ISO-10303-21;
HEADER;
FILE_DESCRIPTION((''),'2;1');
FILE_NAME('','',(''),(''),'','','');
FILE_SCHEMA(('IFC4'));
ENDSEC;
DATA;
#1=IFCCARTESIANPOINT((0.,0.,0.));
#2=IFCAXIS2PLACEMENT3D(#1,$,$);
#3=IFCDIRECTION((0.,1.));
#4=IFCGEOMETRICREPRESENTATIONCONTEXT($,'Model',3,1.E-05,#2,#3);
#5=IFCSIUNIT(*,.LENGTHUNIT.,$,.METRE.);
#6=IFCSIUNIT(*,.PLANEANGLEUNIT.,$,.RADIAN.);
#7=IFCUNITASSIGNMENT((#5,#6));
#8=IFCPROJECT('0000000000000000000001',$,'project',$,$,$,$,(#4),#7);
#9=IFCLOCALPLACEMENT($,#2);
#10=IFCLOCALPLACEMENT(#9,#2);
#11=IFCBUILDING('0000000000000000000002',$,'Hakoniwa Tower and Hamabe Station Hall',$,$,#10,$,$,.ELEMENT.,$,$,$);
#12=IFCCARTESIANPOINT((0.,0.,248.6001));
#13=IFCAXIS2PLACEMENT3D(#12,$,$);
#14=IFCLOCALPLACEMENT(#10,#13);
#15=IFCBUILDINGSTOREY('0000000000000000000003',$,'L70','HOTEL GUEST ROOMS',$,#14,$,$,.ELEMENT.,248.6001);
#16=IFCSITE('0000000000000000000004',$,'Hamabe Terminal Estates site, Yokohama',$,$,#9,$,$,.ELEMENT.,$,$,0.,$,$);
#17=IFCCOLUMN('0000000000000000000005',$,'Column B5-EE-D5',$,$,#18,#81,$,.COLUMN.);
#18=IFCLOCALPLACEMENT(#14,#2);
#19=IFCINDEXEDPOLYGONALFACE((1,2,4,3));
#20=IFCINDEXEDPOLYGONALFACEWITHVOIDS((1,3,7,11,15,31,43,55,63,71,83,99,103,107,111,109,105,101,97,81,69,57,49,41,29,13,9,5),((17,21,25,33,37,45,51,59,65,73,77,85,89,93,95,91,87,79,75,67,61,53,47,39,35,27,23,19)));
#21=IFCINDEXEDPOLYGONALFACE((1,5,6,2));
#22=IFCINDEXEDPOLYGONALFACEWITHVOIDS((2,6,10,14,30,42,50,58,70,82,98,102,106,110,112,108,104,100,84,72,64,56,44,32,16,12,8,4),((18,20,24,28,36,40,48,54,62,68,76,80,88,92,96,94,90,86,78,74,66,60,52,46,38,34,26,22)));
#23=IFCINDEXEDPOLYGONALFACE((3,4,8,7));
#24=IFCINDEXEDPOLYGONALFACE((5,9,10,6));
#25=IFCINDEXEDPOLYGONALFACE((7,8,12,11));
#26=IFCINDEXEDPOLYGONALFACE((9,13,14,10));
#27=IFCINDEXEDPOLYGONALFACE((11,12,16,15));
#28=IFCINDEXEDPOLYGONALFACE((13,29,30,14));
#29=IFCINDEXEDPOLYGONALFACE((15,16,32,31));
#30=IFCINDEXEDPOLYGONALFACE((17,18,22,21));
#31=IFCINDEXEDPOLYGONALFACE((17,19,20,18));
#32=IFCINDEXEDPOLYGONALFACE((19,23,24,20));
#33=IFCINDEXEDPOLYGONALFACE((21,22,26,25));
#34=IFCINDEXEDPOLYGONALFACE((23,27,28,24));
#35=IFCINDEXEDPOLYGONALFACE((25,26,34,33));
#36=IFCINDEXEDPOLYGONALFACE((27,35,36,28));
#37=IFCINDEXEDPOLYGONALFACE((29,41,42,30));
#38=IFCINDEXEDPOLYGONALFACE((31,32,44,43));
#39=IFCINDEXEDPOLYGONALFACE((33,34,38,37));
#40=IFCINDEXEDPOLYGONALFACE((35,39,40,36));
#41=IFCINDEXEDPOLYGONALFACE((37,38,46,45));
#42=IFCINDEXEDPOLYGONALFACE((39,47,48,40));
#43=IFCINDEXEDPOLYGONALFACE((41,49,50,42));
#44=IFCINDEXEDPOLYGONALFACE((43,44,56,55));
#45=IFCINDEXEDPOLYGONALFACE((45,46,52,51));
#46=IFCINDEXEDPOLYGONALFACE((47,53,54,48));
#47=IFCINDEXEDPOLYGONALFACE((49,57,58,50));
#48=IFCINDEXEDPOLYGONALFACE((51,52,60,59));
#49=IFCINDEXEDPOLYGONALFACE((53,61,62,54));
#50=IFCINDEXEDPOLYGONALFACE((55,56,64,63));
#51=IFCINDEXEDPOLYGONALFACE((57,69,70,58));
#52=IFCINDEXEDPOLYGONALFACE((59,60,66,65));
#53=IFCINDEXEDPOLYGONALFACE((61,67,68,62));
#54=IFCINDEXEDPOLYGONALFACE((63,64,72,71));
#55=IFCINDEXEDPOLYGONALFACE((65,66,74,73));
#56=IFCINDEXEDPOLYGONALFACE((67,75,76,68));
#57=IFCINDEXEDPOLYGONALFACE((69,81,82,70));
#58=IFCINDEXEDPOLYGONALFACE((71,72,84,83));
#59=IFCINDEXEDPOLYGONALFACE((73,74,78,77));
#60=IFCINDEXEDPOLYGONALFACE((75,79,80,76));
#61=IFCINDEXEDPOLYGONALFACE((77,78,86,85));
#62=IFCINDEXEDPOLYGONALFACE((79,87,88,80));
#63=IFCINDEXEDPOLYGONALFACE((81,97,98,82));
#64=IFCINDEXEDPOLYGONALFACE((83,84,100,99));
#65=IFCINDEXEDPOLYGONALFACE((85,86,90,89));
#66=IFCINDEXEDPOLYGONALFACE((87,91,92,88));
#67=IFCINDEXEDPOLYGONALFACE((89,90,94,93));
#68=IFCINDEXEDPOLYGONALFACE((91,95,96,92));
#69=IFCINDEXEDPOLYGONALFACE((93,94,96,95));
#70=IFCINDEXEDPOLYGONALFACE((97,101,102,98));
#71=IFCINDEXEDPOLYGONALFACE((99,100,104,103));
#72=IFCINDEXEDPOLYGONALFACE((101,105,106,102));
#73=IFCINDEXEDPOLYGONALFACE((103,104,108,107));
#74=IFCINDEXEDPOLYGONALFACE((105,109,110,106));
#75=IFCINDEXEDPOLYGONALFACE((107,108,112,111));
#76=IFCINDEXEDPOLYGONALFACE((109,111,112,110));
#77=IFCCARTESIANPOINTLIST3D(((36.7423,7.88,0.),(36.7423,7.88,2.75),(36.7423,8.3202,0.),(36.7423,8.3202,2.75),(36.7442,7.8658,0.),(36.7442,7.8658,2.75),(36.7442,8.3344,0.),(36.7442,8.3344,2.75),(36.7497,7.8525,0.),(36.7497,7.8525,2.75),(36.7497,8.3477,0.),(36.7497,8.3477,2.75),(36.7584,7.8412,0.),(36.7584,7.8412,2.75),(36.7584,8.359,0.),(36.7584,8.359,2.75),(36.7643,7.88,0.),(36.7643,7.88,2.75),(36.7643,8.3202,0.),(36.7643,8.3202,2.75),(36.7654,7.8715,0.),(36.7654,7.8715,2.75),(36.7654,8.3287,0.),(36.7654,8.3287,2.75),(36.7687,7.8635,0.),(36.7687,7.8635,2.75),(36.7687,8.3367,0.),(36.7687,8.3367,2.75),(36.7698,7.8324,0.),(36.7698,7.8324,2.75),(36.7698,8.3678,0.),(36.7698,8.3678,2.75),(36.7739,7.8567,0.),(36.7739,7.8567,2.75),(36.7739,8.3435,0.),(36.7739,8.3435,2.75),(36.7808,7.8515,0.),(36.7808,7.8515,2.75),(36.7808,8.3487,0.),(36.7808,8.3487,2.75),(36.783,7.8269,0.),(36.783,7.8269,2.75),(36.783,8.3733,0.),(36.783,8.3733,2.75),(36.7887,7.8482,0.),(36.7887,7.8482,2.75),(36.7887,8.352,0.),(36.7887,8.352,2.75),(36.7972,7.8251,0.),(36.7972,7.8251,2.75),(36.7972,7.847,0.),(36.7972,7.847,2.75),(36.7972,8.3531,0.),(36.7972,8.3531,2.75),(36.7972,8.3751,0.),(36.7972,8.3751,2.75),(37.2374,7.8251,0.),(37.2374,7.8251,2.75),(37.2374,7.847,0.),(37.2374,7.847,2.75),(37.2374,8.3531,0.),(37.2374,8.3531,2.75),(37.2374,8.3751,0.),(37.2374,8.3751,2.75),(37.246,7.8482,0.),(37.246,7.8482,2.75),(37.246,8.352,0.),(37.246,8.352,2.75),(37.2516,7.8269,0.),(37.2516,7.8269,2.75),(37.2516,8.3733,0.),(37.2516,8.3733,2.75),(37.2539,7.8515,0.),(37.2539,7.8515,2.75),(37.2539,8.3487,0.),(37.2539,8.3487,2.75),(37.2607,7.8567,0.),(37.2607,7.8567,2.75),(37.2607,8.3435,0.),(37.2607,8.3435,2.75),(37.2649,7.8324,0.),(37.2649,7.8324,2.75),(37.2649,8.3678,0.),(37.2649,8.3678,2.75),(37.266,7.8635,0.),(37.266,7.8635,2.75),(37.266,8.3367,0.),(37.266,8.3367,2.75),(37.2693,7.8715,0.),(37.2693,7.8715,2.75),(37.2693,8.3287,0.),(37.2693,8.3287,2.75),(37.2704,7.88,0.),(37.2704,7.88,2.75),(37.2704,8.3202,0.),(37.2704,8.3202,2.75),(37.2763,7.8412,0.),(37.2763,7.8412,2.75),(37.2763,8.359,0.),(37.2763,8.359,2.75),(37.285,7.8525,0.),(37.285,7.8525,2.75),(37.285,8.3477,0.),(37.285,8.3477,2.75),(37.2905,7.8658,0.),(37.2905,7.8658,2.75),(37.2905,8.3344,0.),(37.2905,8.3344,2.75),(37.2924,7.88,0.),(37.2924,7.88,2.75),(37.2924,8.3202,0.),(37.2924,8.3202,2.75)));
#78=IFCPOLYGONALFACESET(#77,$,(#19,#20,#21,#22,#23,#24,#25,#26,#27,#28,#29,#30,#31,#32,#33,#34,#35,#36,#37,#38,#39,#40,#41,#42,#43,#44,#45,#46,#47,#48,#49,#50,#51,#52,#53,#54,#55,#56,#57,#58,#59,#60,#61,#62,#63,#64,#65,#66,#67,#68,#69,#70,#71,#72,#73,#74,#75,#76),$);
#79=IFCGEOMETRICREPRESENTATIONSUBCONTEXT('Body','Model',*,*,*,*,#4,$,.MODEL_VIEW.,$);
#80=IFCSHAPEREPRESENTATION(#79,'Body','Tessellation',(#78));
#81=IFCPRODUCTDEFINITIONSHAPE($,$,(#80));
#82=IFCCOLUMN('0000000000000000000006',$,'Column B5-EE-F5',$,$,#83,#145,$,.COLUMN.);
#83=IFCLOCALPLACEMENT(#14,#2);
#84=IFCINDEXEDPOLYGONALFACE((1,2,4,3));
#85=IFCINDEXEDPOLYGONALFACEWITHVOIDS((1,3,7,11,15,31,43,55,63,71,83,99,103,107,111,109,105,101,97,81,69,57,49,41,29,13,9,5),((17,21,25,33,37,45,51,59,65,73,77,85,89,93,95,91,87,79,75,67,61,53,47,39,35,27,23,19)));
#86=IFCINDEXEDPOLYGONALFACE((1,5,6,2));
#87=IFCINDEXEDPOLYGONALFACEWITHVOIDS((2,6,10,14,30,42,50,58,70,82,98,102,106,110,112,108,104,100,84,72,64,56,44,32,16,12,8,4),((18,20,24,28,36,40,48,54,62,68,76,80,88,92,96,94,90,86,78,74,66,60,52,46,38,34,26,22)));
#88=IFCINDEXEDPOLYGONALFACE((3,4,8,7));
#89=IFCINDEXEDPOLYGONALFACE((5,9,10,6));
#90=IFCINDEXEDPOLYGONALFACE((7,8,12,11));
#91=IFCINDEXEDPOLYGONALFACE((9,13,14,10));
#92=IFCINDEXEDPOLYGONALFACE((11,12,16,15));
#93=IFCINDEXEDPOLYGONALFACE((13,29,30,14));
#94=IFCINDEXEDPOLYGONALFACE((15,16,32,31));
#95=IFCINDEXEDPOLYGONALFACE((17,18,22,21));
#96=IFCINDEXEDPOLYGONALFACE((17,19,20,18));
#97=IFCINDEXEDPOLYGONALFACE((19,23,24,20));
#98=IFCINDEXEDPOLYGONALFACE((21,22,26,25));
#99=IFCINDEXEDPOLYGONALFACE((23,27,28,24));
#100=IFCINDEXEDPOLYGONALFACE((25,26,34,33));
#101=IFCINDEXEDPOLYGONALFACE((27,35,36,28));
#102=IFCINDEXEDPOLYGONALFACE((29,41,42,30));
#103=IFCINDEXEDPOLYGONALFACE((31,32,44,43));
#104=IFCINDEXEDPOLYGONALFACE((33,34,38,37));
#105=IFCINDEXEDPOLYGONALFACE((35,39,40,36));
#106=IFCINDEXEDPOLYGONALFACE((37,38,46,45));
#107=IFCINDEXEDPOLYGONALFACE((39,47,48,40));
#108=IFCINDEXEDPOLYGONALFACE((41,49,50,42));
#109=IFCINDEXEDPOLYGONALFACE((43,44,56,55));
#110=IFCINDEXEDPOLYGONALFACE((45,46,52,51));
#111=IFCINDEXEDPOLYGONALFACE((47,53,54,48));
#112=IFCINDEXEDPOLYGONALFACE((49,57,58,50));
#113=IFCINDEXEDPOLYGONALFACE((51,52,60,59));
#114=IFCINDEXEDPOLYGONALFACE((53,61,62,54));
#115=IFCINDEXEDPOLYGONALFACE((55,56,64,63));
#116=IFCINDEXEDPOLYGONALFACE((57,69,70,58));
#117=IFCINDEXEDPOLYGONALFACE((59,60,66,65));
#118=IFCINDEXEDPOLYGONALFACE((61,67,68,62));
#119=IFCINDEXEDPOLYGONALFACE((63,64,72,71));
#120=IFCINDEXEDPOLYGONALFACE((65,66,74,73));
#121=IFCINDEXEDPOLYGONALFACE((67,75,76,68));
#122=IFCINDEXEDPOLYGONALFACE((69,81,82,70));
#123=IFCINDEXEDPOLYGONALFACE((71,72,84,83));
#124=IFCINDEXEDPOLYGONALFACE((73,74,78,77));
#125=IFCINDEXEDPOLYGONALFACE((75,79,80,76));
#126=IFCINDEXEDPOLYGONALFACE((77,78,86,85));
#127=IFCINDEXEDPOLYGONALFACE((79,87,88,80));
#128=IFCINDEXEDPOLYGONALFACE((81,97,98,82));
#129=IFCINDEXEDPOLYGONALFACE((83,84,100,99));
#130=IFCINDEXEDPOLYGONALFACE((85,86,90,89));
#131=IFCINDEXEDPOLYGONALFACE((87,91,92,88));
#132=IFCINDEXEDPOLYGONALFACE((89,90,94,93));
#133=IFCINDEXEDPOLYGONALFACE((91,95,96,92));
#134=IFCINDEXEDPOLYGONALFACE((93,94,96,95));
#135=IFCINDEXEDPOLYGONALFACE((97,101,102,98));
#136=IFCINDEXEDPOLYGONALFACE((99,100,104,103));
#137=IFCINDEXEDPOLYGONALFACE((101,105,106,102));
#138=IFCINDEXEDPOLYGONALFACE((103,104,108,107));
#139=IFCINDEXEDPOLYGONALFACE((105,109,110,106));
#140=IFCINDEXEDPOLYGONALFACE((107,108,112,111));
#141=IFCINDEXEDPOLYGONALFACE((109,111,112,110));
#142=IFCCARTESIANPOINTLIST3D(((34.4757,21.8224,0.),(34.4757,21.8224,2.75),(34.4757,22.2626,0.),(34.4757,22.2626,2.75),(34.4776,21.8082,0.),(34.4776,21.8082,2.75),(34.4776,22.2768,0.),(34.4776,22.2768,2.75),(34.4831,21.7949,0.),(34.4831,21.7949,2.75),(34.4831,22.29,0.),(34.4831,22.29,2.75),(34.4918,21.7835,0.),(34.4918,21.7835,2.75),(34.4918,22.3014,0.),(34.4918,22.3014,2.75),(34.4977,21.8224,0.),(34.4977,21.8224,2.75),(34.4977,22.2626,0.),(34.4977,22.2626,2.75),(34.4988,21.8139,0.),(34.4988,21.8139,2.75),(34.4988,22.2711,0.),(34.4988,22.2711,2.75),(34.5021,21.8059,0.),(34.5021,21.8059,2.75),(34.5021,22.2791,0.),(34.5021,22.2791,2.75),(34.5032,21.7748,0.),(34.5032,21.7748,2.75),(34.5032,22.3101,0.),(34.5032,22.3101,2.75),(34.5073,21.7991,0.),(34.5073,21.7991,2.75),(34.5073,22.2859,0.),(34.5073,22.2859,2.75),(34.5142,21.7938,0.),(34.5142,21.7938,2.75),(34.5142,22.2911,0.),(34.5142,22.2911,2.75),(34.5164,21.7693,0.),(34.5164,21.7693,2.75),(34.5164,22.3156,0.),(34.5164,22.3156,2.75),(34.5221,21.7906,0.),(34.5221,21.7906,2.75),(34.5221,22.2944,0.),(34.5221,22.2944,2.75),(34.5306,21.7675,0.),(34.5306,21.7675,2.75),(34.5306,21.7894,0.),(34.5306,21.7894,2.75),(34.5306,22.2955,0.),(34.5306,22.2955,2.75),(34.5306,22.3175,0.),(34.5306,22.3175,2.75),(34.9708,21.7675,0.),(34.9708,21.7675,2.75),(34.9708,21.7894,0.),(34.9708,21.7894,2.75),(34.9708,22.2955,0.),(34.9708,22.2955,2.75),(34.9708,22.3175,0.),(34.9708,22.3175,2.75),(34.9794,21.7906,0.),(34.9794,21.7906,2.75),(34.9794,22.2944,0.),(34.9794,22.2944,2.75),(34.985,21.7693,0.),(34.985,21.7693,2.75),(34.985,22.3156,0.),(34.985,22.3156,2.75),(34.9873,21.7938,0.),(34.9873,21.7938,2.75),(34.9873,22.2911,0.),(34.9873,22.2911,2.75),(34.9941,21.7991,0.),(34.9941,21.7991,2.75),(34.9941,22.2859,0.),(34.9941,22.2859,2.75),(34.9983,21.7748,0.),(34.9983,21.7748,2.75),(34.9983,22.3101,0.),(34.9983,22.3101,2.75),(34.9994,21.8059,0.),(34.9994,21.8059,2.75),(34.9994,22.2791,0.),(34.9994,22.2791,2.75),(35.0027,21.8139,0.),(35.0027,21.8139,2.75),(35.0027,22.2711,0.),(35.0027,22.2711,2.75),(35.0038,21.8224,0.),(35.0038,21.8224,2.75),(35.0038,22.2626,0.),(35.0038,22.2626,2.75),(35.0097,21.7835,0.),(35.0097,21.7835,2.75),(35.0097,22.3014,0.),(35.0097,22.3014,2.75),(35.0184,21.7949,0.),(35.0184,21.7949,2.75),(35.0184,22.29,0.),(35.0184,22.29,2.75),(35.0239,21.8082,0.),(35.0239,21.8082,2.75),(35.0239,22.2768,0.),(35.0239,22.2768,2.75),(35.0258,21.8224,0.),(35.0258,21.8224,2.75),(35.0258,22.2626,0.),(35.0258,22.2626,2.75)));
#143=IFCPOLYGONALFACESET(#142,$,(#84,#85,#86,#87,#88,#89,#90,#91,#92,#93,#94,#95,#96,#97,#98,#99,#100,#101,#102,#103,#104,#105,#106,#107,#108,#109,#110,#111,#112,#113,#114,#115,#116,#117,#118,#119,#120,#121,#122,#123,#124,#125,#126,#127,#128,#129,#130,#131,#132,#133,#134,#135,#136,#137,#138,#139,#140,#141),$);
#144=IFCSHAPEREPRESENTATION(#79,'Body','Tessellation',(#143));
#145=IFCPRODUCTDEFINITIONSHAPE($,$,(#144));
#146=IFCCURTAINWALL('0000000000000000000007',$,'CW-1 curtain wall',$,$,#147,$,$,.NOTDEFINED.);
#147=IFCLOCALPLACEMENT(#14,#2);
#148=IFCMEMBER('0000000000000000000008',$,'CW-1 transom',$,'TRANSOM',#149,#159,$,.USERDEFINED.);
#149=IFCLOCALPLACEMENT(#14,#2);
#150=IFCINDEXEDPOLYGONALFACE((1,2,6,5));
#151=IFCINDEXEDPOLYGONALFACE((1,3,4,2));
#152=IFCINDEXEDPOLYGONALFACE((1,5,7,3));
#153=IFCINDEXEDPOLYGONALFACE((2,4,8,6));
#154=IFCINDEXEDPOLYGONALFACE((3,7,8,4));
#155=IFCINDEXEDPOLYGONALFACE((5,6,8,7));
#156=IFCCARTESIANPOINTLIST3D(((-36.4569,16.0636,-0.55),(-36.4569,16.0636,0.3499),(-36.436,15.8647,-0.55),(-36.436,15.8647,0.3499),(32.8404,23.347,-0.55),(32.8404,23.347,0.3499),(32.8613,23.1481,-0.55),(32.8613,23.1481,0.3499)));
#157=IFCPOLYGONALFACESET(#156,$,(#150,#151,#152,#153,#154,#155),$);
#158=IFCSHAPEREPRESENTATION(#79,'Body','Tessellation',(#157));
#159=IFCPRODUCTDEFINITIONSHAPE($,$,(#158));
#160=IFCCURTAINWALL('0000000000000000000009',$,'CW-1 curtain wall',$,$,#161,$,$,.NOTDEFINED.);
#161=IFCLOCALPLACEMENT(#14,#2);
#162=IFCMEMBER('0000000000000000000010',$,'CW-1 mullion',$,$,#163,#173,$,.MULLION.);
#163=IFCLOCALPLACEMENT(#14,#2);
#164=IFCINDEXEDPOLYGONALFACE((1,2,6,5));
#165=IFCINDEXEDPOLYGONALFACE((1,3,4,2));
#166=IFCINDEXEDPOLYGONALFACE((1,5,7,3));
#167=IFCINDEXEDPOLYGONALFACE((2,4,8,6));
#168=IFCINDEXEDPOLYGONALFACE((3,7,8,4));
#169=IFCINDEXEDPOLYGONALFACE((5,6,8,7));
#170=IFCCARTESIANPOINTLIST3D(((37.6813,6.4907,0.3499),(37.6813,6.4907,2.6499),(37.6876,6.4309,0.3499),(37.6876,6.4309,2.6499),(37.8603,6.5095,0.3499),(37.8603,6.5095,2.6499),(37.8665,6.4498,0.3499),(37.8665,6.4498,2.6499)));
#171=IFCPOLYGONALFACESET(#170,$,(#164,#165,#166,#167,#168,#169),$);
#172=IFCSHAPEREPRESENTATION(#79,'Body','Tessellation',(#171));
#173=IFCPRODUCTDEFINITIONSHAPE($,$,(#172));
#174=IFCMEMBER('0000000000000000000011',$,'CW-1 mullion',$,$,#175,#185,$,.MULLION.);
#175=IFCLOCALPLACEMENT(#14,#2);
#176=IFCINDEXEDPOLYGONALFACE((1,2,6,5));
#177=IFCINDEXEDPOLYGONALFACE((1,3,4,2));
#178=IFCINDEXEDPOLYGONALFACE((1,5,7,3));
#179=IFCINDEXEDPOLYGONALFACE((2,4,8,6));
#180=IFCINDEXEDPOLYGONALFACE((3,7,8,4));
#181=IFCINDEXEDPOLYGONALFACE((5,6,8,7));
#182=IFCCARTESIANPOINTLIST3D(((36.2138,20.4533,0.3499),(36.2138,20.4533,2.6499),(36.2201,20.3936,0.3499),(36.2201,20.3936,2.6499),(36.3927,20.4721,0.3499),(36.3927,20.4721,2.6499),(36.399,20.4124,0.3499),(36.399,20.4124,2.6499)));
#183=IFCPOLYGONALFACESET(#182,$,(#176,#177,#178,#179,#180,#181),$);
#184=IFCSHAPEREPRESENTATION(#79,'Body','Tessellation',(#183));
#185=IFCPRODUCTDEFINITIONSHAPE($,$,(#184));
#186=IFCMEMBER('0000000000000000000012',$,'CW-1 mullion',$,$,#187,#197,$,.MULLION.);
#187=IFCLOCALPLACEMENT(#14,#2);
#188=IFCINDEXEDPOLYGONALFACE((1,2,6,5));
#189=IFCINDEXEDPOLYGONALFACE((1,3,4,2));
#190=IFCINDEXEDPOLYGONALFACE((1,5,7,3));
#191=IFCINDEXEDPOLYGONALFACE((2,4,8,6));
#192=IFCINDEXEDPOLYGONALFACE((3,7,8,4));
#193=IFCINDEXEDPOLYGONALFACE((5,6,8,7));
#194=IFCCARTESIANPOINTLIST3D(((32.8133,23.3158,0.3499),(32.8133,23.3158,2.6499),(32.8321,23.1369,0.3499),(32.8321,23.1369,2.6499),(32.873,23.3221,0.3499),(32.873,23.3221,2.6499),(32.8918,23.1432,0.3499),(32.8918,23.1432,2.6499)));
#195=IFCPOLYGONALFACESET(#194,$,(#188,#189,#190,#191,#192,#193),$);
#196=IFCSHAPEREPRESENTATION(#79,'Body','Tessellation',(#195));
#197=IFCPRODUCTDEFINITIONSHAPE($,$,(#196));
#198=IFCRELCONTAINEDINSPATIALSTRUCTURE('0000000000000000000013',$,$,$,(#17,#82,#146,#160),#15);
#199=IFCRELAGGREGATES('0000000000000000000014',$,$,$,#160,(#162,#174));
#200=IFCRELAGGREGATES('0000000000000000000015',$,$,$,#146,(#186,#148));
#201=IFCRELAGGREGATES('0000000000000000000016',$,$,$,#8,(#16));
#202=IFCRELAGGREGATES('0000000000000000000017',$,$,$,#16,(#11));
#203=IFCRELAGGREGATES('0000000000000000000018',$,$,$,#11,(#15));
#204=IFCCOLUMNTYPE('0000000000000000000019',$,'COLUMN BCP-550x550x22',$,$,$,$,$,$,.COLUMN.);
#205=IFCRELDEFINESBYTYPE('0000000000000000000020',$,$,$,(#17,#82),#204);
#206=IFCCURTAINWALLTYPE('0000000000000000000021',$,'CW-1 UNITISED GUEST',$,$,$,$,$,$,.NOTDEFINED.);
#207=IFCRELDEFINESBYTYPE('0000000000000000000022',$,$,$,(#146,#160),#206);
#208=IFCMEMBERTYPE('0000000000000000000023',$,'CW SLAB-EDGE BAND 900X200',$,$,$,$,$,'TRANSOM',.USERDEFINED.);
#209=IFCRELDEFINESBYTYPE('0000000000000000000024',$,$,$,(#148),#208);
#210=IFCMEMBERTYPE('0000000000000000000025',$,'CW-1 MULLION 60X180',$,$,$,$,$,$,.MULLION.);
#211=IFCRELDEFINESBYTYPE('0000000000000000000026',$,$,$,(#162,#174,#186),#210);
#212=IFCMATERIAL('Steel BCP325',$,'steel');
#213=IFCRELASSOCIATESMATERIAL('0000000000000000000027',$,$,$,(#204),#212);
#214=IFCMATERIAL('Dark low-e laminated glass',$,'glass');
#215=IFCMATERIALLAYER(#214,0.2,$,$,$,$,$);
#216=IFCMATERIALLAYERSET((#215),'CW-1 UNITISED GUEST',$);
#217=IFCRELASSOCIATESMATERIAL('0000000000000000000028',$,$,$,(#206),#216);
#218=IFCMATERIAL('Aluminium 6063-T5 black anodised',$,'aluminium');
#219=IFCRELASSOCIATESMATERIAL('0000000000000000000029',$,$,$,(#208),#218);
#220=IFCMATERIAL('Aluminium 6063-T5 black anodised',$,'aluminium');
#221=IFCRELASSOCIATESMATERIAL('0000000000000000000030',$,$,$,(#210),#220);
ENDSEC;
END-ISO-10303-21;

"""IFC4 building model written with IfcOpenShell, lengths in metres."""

from ifc_helpers import new_model, si_unit, direction, frame, origin, origin_2d, place, context, subcontext, project, spatial, rectangle, hollow_rectangle, extrude, material, layer, layer_set, material_profile, profile_set, type_object, element, aggregate, save


model = new_model("IFC4")

# Units and contexts
model_context = context("Model", 3, precision=1e-05, world=origin(), true_north=direction((0.0, 1.0)))
body_context = subcontext(model_context, "Body", "Model", "MODEL_VIEW")
ifc_project = project(units=[si_unit("LENGTHUNIT", "METRE"), si_unit("PLANEANGLEUNIT", "RADIAN")], contexts=[model_context])

# Site, building, storey
site_placement = place(None, origin())
site = spatial("IfcSite", under=ifc_project, at=site_placement, Name="Hamabe Terminal Estates site, Yokohama", CompositionType="ELEMENT", RefElevation=0.0)
building_placement = place(site_placement, origin())
building = spatial("IfcBuilding", under=site, at=building_placement, Name="Hakoniwa Tower and Hamabe Station Hall", CompositionType="ELEMENT")
storey_placement = place(building_placement, frame((0.0, 0.0, 248.6001)))
storey = spatial("IfcBuildingStorey", under=building, at=storey_placement, Name="L70", Description="HOTEL GUEST ROOMS", CompositionType="ELEMENT", Elevation=248.6001)

# Columns
ifc_material_1 = material(Name="Steel BCP325", Category="steel")
ifc_material_profile_1 = material_profile(ifc_material_1, hollow_rectangle(XDim=0.55, YDim=0.55, WallThickness=0.022, InnerFilletRadius=0.033, OuterFilletRadius=0.0549, at=origin_2d()), Name="BCP-550x550x22")
ifc_profile_set_1 = profile_set([ifc_material_profile_1], Name="Steel BCP325")
column_type = type_object("IfcColumnType", Name="COLUMN BCP-550x550x22", PredefinedType="COLUMN", material=ifc_profile_set_1)
for number, where, z_axis, x_axis, name in (
    (1, (37.0173, 8.1001, 0.0), (0.0, 0.0, 1.0), (1.0, 0.0, 0.0), "Column B5-EE-D5"),
    (2, (34.7507, 22.0425, 0.0), (0.0, 0.0, 1.0), (1.0, 0.0, 0.0), "Column B5-EE-F5"),
):
    element("IfcColumn", number, at=place(storey_placement, frame(where, z_axis=z_axis, x_axis=x_axis)), inside=storey, type_object=column_type, Name=name, PredefinedType="COLUMN", context=body_context, shape_type="SweptSolid", body=[
        extrude(hollow_rectangle(XDim=0.55, YDim=0.55, WallThickness=0.022, InnerFilletRadius=0.033, OuterFilletRadius=0.0549, at=origin_2d()), origin(), (0.0, 0.0, 1.0), 2.75),
    ])

# Curtain wall, member
ifc_material_2 = material(Name="Dark low-e laminated glass", Category="glass")
ifc_layer_1 = layer(ifc_material_2, 0.2)
ifc_layer_set_1 = layer_set([ifc_layer_1], Name="CW-1 UNITISED GUEST")
curtain_wall_type = type_object("IfcCurtainWallType", Name="CW-1 UNITISED GUEST", PredefinedType="NOTDEFINED", material=ifc_layer_set_1)
curtain_wall_1_placement = place(storey_placement, origin())
curtain_wall_1 = element("IfcCurtainWall", 3, at=curtain_wall_1_placement, inside=storey, type_object=curtain_wall_type, Name="CW-1 curtain wall", PredefinedType="NOTDEFINED")
ifc_material_3 = material(Name="Aluminium 6063-T5 black anodised", Category="aluminium")
ifc_material_profile_2 = material_profile(ifc_material_3, rectangle(XDim=0.2, YDim=0.8999, at=origin_2d()), Name="CW SLAB-EDGE BAND 900X200")
ifc_profile_set_2 = profile_set([ifc_material_profile_2], Name="Aluminium 6063-T5 black anodised")
member_type_1 = type_object("IfcMemberType", Name="CW SLAB-EDGE BAND 900X200", ElementType="TRANSOM", PredefinedType="USERDEFINED", material=ifc_profile_set_2)
member_1_placement = place(storey_placement, frame((32.8508, 23.2476, -0.1001), z_axis=(-0.994522, -0.104528, 0.0), x_axis=(0.104528, -0.994522, 0.0)))
member_1 = element("IfcMember", 4, at=member_1_placement, type_object=member_type_1, Name="CW-1 transom", ObjectType="TRANSOM", PredefinedType="USERDEFINED", context=body_context, shape_type="SweptSolid", body=[
    extrude(rectangle(XDim=0.2, YDim=0.8999, at=origin_2d()), origin(), (0.0, 0.0, 1.0), 69.679),
])

# Curtain wall, members
curtain_wall_2_placement = place(storey_placement, origin())
curtain_wall_2 = element("IfcCurtainWall", 5, at=curtain_wall_2_placement, inside=storey, type_object=curtain_wall_type, Name="CW-1 curtain wall", PredefinedType="NOTDEFINED")
ifc_material_4 = material(Name="Aluminium 6063-T5 black anodised", Category="aluminium")
ifc_material_profile_3 = material_profile(ifc_material_4, rectangle(XDim=0.0601, YDim=0.1799, at=origin_2d()), Name="CW-1 MULLION 60X180")
ifc_profile_set_3 = profile_set([ifc_material_profile_3], Name="Aluminium 6063-T5 black anodised")
member_type_2 = type_object("IfcMemberType", Name="CW-1 MULLION 60X180", PredefinedType="MULLION", material=ifc_profile_set_3)
member_2_placement = place(storey_placement, frame((37.7739, 6.4702, 0.3499), z_axis=(0.0, 0.0, 1.0), x_axis=(-0.104528, 0.994522, 0.0)))
member_2 = element("IfcMember", 6, at=member_2_placement, type_object=member_type_2, Name="CW-1 mullion", PredefinedType="MULLION", context=body_context, shape_type="SweptSolid", body=[
    extrude(rectangle(XDim=0.0601, YDim=0.1799, at=origin_2d()), origin(), (0.0, 0.0, 1.0), 2.3),
])
member_3_placement = place(storey_placement, frame((36.3064, 20.4329, 0.3499), z_axis=(0.0, 0.0, 1.0), x_axis=(-0.104528, 0.994522, 0.0)))
member_3 = element("IfcMember", 7, at=member_3_placement, type_object=member_type_2, Name="CW-1 mullion", PredefinedType="MULLION", context=body_context, shape_type="SweptSolid", body=[
    extrude(rectangle(XDim=0.0601, YDim=0.1799, at=origin_2d()), origin(), (0.0, 0.0, 1.0), 2.3),
])

# Member
member_4_placement = place(storey_placement, frame((32.8525, 23.2295, 0.3499), z_axis=(0.0, 0.0, 1.0), x_axis=(-0.994522, -0.104528, 0.0)))
member_4 = element("IfcMember", 8, at=member_4_placement, type_object=member_type_2, Name="CW-1 mullion", PredefinedType="MULLION", context=body_context, shape_type="SweptSolid", body=[
    extrude(rectangle(XDim=0.0601, YDim=0.1799, at=origin_2d()), origin(), (0.0, 0.0, 1.0), 2.3),
])

aggregate(curtain_wall_2, [member_2, member_3])
aggregate(curtain_wall_1, [member_4, member_1])

save(model, "model.ifc")
